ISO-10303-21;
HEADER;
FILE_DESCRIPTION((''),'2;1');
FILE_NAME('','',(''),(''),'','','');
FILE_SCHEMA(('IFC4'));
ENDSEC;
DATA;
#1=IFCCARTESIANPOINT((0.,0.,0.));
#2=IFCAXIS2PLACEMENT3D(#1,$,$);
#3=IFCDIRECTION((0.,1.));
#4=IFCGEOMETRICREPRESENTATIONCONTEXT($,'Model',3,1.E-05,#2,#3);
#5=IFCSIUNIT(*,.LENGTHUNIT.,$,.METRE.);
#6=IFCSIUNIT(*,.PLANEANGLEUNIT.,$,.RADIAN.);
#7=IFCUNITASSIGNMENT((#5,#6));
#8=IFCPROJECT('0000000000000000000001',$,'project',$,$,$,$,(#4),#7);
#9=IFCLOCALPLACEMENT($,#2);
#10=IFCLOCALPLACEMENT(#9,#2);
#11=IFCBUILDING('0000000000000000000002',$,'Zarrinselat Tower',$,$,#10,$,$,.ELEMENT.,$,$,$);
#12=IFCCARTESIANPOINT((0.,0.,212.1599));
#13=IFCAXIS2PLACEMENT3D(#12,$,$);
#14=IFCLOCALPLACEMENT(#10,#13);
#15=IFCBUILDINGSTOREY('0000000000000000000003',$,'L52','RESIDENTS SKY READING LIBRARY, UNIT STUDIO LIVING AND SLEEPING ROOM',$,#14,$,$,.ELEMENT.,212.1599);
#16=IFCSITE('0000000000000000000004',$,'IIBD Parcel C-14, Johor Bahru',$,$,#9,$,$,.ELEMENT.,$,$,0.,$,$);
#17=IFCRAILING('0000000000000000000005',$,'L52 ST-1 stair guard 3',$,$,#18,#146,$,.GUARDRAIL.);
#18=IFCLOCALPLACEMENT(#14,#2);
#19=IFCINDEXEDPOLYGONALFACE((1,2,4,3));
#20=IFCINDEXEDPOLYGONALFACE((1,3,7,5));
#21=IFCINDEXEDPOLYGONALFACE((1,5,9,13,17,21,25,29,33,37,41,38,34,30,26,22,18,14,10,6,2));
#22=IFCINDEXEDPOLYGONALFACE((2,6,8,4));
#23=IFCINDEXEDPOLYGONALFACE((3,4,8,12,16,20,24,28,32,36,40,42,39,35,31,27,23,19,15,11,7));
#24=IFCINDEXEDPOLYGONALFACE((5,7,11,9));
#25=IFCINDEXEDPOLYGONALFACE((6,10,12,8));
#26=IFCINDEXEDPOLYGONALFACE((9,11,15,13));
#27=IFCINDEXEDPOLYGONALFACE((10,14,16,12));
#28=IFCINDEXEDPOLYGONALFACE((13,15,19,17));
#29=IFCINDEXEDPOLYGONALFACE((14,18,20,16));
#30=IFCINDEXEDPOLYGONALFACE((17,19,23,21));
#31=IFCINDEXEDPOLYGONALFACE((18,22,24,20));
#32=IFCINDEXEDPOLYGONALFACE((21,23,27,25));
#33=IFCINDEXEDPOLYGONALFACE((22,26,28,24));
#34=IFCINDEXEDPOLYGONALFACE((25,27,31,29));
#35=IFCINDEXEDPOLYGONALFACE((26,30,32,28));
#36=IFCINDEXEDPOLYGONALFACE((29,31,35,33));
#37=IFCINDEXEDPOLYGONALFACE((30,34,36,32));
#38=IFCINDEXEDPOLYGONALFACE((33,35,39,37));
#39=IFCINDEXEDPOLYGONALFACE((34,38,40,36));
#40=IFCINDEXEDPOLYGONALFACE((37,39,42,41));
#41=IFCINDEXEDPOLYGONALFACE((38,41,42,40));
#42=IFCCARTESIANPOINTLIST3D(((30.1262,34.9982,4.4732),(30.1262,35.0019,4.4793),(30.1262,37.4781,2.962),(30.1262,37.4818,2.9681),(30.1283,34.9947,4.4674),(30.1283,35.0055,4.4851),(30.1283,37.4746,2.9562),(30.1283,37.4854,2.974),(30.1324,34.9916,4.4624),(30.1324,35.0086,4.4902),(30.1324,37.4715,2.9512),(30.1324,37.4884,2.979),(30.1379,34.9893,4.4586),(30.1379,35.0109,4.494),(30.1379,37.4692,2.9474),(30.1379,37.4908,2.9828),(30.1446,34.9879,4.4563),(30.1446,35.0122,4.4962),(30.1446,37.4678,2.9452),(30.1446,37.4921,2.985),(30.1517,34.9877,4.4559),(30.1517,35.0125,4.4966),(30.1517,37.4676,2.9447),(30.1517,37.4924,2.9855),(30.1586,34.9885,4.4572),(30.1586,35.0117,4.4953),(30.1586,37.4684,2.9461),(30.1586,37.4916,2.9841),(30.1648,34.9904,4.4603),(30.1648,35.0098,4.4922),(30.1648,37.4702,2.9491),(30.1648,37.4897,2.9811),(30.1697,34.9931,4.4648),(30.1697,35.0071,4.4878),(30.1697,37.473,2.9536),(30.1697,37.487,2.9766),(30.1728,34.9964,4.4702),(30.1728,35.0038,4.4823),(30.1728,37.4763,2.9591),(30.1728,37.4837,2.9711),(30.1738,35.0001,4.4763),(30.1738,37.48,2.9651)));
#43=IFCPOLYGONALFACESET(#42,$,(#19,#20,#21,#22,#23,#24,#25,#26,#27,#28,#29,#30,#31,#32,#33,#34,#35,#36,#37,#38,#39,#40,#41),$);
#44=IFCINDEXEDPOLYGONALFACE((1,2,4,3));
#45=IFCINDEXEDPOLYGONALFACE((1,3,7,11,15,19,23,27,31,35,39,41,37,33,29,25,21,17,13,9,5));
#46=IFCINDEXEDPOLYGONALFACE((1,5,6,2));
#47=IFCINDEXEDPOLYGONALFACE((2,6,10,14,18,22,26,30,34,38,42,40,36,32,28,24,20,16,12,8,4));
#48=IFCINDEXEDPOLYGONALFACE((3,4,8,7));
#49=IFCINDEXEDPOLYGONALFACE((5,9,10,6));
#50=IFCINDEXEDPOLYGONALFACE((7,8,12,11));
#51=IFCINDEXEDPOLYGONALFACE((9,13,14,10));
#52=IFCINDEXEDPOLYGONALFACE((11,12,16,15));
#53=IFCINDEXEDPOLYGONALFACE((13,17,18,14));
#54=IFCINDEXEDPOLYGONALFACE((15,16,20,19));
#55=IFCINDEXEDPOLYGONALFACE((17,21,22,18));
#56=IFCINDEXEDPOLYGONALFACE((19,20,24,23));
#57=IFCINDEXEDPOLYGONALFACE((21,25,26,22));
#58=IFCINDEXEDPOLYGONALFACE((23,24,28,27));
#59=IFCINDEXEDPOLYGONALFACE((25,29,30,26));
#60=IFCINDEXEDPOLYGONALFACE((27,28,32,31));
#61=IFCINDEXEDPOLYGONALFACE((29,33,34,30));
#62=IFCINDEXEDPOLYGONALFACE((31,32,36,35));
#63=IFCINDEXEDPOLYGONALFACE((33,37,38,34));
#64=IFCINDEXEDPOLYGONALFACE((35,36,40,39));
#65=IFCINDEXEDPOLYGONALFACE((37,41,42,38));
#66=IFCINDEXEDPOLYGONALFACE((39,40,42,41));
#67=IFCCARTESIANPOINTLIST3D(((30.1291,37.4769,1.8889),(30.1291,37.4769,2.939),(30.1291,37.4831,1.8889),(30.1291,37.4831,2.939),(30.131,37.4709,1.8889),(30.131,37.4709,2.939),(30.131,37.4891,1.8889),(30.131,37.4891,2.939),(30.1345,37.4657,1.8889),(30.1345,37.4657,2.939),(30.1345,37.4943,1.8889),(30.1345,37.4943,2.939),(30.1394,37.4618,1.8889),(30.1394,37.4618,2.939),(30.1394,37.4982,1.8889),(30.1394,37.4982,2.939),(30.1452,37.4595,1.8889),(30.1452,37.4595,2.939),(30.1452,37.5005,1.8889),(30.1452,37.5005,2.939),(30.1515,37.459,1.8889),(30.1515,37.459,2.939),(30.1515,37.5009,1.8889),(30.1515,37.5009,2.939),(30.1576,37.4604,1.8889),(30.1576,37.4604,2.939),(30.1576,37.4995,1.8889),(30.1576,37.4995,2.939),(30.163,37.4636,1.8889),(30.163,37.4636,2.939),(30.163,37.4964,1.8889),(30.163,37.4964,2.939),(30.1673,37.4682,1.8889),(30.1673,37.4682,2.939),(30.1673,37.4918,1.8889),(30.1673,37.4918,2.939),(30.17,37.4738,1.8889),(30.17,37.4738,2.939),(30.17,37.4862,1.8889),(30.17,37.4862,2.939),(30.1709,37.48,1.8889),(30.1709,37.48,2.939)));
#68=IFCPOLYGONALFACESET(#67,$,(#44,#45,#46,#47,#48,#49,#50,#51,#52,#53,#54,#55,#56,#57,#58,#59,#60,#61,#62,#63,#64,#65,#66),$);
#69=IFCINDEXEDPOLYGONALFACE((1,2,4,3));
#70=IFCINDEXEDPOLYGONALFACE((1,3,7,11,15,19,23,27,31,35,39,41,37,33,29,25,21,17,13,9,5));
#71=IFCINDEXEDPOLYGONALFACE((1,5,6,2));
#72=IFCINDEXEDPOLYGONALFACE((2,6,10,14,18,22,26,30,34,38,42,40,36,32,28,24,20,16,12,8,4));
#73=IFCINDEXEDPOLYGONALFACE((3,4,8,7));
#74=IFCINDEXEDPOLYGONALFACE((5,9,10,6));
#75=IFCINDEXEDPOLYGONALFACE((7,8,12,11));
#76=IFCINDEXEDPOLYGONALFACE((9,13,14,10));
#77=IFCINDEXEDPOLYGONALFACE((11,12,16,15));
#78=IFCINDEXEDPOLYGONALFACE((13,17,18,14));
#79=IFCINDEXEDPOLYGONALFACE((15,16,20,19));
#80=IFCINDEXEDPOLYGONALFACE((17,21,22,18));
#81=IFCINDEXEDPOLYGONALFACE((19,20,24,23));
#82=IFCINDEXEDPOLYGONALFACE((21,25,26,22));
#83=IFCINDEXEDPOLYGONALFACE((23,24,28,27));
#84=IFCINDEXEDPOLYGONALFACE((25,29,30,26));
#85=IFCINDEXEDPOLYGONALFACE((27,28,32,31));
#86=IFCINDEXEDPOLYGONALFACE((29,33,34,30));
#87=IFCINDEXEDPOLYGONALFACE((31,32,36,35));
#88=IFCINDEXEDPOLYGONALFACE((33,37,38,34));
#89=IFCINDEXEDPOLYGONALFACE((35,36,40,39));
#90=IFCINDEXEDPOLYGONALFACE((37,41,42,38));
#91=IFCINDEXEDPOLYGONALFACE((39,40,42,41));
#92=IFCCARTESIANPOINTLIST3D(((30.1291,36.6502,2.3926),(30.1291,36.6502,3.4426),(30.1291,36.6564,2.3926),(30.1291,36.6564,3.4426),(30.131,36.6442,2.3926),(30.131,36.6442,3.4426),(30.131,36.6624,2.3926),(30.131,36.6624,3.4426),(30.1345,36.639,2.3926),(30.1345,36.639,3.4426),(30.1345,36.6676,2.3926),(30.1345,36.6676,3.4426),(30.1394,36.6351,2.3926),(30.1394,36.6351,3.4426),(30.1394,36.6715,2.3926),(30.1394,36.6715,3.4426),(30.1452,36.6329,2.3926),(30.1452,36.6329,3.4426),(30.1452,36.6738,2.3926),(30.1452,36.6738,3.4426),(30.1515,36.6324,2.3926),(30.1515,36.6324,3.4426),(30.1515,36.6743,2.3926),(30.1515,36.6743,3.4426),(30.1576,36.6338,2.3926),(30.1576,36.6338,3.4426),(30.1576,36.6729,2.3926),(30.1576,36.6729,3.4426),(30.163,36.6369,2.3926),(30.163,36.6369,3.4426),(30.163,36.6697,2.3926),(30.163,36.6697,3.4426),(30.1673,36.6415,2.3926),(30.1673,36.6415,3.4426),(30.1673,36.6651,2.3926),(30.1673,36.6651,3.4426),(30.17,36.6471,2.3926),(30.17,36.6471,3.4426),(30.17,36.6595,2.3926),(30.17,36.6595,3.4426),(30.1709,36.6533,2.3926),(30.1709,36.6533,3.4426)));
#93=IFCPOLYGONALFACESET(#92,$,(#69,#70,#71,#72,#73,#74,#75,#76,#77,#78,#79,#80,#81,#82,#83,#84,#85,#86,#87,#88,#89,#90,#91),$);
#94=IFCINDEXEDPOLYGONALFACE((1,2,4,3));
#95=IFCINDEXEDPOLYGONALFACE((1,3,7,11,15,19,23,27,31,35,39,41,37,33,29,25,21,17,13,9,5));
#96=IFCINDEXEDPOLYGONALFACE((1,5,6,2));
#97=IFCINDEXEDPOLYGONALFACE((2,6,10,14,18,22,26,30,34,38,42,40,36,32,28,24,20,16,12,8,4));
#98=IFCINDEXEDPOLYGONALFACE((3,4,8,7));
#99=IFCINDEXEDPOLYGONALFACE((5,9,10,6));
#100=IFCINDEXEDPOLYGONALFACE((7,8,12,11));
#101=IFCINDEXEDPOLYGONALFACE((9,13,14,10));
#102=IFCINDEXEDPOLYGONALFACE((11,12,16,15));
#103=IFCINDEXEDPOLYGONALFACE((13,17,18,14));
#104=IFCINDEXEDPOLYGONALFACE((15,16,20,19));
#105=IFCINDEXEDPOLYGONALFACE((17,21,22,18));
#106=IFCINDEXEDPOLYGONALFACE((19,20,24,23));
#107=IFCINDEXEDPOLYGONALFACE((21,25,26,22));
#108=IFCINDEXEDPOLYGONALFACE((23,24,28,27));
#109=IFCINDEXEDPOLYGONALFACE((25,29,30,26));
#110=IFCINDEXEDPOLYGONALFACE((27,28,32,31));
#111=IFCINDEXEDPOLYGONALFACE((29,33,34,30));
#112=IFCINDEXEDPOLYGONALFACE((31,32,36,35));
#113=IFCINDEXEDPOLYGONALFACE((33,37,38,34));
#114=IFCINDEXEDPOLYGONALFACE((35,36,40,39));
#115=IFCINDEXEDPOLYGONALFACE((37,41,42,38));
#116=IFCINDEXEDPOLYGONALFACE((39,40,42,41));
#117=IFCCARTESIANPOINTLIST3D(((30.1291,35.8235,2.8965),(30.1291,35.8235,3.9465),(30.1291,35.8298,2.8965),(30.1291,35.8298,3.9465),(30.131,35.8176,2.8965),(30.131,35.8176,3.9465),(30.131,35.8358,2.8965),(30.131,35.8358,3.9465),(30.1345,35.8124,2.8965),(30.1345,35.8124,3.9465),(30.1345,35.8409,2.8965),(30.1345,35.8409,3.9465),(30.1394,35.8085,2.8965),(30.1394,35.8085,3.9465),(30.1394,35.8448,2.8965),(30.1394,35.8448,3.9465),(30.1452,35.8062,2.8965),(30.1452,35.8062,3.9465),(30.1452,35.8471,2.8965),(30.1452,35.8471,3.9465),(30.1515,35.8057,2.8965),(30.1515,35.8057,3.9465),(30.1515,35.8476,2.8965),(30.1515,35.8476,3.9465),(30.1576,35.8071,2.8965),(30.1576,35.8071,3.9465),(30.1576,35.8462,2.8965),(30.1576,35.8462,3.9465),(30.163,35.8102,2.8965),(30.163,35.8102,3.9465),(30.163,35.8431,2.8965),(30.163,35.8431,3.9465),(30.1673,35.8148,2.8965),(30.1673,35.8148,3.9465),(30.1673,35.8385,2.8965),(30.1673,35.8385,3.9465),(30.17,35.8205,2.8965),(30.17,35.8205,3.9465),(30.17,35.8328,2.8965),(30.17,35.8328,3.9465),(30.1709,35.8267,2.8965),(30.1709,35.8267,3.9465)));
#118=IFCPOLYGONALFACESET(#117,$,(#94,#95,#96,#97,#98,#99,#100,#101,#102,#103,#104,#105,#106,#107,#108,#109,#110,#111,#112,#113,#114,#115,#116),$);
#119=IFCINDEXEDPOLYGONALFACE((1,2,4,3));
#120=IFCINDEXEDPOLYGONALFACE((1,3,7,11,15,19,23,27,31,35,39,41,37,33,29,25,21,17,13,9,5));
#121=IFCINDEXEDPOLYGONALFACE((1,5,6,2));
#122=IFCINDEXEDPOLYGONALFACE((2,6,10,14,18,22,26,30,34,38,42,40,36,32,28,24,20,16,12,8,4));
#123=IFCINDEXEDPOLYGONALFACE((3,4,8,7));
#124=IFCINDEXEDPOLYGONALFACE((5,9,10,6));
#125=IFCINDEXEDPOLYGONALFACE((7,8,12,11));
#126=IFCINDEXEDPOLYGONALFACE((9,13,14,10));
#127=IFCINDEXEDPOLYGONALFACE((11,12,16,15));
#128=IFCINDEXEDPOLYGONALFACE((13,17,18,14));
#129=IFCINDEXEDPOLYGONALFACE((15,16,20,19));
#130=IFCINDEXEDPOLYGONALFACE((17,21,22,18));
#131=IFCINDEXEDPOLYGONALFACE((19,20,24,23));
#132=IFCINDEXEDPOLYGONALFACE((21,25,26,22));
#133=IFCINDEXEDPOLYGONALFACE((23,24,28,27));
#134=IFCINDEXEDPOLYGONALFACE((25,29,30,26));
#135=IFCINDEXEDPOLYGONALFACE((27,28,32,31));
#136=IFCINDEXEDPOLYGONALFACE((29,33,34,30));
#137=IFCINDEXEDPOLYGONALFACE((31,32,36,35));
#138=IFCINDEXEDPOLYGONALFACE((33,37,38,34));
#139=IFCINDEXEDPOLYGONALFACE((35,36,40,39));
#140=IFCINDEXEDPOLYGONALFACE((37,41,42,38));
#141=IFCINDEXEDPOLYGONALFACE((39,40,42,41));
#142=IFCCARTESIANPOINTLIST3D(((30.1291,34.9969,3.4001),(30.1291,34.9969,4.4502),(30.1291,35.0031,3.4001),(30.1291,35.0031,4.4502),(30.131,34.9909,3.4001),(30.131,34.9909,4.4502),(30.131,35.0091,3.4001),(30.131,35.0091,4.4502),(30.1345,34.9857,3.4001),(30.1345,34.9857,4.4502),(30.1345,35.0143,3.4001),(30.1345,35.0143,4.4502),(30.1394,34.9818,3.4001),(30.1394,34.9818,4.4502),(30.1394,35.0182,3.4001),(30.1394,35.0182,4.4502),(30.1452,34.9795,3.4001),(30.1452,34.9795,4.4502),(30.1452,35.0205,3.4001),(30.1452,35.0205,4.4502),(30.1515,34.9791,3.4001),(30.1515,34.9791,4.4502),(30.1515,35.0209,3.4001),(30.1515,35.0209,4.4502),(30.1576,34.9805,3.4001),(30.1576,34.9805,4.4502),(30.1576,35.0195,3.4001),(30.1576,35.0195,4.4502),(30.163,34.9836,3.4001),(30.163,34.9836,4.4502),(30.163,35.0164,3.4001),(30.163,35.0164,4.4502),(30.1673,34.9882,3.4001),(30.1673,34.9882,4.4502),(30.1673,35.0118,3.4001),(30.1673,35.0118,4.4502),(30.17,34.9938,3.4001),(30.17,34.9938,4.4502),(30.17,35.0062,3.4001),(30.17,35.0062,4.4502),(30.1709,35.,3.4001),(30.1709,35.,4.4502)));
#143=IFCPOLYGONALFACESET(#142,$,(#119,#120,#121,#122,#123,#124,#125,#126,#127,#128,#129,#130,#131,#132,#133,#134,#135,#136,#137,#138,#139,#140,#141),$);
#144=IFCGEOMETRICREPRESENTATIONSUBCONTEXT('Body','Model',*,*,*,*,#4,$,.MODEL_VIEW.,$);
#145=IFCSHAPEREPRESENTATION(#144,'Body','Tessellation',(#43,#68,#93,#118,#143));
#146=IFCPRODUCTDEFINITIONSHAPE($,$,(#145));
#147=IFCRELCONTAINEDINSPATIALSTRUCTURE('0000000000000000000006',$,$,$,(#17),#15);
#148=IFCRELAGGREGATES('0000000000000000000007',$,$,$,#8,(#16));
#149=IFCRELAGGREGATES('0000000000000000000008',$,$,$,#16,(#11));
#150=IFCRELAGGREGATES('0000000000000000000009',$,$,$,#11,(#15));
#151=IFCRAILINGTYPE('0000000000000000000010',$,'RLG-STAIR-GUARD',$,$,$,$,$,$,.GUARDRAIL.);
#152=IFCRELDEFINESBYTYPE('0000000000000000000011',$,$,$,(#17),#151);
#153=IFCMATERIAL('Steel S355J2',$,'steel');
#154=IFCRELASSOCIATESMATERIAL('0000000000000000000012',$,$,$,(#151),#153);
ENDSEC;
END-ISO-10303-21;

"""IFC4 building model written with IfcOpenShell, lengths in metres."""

from ifc_helpers import new_model, si_unit, direction, frame, origin, origin_2d, place, context, subcontext, project, spatial, circle, extrude, material, type_object, element, save


model = new_model("IFC4")

# Units and contexts
model_context = context("Model", 3, precision=1e-05, world=origin(), true_north=direction((0.0, 1.0)))
body_context = subcontext(model_context, "Body", "Model", "MODEL_VIEW")
ifc_project = project(units=[si_unit("LENGTHUNIT", "METRE"), si_unit("PLANEANGLEUNIT", "RADIAN")], contexts=[model_context])

# Site, building, storey
site_placement = place(None, origin())
site = spatial("IfcSite", under=ifc_project, at=site_placement, Name="IIBD Parcel C-14, Johor Bahru", CompositionType="ELEMENT", RefElevation=0.0)
building_placement = place(site_placement, origin())
building = spatial("IfcBuilding", under=site, at=building_placement, Name="Zarrinselat Tower", CompositionType="ELEMENT")
storey_placement = place(building_placement, frame((0.0, 0.0, 212.1599)))
storey = spatial("IfcBuildingStorey", under=building, at=storey_placement, Name="L52", Description="RESIDENTS SKY READING LIBRARY, UNIT STUDIO LIVING AND SLEEPING ROOM", CompositionType="ELEMENT", Elevation=212.1599)

# Railing
ifc_material_1 = material(Name="Steel S355J2", Category="steel")
railing_type_1 = type_object("IfcRailingType", Name="RLG-STAIR-GUARD", PredefinedType="GUARDRAIL", material=ifc_material_1)
railing_1_placement = place(storey_placement, frame((30.1499, 37.48, 1.8889)))
element("IfcRailing", 1, at=railing_1_placement, inside=storey, type_object=railing_type_1, Name="L52 ST-1 stair guard 3", PredefinedType="GUARDRAIL", context=body_context, shape_type="SweptSolid", body=[
    extrude(circle(Radius=0.0239, at=origin_2d()), frame((0.0, 0.0, 1.0762), z_axis=(0.0, -0.853942, 0.520368), x_axis=(1.0, 0.0, 0.0)), (0.0, 0.0, 1.0), 2.9041),
    extrude(circle(Radius=0.021, at=origin_2d()), origin(), (0.0, 0.0, 1.0), 1.05),
    extrude(circle(Radius=0.021, at=origin_2d()), frame((0.0, -0.8267, 0.5037)), (0.0, 0.0, 1.0), 1.05),
    extrude(circle(Radius=0.021, at=origin_2d()), frame((0.0, -1.6533, 1.0076)), (0.0, 0.0, 1.0), 1.05),
    extrude(circle(Radius=0.021, at=origin_2d()), frame((0.0, -2.48, 1.5112)), (0.0, 0.0, 1.0), 1.05),
])

save(model, "model.ifc")
